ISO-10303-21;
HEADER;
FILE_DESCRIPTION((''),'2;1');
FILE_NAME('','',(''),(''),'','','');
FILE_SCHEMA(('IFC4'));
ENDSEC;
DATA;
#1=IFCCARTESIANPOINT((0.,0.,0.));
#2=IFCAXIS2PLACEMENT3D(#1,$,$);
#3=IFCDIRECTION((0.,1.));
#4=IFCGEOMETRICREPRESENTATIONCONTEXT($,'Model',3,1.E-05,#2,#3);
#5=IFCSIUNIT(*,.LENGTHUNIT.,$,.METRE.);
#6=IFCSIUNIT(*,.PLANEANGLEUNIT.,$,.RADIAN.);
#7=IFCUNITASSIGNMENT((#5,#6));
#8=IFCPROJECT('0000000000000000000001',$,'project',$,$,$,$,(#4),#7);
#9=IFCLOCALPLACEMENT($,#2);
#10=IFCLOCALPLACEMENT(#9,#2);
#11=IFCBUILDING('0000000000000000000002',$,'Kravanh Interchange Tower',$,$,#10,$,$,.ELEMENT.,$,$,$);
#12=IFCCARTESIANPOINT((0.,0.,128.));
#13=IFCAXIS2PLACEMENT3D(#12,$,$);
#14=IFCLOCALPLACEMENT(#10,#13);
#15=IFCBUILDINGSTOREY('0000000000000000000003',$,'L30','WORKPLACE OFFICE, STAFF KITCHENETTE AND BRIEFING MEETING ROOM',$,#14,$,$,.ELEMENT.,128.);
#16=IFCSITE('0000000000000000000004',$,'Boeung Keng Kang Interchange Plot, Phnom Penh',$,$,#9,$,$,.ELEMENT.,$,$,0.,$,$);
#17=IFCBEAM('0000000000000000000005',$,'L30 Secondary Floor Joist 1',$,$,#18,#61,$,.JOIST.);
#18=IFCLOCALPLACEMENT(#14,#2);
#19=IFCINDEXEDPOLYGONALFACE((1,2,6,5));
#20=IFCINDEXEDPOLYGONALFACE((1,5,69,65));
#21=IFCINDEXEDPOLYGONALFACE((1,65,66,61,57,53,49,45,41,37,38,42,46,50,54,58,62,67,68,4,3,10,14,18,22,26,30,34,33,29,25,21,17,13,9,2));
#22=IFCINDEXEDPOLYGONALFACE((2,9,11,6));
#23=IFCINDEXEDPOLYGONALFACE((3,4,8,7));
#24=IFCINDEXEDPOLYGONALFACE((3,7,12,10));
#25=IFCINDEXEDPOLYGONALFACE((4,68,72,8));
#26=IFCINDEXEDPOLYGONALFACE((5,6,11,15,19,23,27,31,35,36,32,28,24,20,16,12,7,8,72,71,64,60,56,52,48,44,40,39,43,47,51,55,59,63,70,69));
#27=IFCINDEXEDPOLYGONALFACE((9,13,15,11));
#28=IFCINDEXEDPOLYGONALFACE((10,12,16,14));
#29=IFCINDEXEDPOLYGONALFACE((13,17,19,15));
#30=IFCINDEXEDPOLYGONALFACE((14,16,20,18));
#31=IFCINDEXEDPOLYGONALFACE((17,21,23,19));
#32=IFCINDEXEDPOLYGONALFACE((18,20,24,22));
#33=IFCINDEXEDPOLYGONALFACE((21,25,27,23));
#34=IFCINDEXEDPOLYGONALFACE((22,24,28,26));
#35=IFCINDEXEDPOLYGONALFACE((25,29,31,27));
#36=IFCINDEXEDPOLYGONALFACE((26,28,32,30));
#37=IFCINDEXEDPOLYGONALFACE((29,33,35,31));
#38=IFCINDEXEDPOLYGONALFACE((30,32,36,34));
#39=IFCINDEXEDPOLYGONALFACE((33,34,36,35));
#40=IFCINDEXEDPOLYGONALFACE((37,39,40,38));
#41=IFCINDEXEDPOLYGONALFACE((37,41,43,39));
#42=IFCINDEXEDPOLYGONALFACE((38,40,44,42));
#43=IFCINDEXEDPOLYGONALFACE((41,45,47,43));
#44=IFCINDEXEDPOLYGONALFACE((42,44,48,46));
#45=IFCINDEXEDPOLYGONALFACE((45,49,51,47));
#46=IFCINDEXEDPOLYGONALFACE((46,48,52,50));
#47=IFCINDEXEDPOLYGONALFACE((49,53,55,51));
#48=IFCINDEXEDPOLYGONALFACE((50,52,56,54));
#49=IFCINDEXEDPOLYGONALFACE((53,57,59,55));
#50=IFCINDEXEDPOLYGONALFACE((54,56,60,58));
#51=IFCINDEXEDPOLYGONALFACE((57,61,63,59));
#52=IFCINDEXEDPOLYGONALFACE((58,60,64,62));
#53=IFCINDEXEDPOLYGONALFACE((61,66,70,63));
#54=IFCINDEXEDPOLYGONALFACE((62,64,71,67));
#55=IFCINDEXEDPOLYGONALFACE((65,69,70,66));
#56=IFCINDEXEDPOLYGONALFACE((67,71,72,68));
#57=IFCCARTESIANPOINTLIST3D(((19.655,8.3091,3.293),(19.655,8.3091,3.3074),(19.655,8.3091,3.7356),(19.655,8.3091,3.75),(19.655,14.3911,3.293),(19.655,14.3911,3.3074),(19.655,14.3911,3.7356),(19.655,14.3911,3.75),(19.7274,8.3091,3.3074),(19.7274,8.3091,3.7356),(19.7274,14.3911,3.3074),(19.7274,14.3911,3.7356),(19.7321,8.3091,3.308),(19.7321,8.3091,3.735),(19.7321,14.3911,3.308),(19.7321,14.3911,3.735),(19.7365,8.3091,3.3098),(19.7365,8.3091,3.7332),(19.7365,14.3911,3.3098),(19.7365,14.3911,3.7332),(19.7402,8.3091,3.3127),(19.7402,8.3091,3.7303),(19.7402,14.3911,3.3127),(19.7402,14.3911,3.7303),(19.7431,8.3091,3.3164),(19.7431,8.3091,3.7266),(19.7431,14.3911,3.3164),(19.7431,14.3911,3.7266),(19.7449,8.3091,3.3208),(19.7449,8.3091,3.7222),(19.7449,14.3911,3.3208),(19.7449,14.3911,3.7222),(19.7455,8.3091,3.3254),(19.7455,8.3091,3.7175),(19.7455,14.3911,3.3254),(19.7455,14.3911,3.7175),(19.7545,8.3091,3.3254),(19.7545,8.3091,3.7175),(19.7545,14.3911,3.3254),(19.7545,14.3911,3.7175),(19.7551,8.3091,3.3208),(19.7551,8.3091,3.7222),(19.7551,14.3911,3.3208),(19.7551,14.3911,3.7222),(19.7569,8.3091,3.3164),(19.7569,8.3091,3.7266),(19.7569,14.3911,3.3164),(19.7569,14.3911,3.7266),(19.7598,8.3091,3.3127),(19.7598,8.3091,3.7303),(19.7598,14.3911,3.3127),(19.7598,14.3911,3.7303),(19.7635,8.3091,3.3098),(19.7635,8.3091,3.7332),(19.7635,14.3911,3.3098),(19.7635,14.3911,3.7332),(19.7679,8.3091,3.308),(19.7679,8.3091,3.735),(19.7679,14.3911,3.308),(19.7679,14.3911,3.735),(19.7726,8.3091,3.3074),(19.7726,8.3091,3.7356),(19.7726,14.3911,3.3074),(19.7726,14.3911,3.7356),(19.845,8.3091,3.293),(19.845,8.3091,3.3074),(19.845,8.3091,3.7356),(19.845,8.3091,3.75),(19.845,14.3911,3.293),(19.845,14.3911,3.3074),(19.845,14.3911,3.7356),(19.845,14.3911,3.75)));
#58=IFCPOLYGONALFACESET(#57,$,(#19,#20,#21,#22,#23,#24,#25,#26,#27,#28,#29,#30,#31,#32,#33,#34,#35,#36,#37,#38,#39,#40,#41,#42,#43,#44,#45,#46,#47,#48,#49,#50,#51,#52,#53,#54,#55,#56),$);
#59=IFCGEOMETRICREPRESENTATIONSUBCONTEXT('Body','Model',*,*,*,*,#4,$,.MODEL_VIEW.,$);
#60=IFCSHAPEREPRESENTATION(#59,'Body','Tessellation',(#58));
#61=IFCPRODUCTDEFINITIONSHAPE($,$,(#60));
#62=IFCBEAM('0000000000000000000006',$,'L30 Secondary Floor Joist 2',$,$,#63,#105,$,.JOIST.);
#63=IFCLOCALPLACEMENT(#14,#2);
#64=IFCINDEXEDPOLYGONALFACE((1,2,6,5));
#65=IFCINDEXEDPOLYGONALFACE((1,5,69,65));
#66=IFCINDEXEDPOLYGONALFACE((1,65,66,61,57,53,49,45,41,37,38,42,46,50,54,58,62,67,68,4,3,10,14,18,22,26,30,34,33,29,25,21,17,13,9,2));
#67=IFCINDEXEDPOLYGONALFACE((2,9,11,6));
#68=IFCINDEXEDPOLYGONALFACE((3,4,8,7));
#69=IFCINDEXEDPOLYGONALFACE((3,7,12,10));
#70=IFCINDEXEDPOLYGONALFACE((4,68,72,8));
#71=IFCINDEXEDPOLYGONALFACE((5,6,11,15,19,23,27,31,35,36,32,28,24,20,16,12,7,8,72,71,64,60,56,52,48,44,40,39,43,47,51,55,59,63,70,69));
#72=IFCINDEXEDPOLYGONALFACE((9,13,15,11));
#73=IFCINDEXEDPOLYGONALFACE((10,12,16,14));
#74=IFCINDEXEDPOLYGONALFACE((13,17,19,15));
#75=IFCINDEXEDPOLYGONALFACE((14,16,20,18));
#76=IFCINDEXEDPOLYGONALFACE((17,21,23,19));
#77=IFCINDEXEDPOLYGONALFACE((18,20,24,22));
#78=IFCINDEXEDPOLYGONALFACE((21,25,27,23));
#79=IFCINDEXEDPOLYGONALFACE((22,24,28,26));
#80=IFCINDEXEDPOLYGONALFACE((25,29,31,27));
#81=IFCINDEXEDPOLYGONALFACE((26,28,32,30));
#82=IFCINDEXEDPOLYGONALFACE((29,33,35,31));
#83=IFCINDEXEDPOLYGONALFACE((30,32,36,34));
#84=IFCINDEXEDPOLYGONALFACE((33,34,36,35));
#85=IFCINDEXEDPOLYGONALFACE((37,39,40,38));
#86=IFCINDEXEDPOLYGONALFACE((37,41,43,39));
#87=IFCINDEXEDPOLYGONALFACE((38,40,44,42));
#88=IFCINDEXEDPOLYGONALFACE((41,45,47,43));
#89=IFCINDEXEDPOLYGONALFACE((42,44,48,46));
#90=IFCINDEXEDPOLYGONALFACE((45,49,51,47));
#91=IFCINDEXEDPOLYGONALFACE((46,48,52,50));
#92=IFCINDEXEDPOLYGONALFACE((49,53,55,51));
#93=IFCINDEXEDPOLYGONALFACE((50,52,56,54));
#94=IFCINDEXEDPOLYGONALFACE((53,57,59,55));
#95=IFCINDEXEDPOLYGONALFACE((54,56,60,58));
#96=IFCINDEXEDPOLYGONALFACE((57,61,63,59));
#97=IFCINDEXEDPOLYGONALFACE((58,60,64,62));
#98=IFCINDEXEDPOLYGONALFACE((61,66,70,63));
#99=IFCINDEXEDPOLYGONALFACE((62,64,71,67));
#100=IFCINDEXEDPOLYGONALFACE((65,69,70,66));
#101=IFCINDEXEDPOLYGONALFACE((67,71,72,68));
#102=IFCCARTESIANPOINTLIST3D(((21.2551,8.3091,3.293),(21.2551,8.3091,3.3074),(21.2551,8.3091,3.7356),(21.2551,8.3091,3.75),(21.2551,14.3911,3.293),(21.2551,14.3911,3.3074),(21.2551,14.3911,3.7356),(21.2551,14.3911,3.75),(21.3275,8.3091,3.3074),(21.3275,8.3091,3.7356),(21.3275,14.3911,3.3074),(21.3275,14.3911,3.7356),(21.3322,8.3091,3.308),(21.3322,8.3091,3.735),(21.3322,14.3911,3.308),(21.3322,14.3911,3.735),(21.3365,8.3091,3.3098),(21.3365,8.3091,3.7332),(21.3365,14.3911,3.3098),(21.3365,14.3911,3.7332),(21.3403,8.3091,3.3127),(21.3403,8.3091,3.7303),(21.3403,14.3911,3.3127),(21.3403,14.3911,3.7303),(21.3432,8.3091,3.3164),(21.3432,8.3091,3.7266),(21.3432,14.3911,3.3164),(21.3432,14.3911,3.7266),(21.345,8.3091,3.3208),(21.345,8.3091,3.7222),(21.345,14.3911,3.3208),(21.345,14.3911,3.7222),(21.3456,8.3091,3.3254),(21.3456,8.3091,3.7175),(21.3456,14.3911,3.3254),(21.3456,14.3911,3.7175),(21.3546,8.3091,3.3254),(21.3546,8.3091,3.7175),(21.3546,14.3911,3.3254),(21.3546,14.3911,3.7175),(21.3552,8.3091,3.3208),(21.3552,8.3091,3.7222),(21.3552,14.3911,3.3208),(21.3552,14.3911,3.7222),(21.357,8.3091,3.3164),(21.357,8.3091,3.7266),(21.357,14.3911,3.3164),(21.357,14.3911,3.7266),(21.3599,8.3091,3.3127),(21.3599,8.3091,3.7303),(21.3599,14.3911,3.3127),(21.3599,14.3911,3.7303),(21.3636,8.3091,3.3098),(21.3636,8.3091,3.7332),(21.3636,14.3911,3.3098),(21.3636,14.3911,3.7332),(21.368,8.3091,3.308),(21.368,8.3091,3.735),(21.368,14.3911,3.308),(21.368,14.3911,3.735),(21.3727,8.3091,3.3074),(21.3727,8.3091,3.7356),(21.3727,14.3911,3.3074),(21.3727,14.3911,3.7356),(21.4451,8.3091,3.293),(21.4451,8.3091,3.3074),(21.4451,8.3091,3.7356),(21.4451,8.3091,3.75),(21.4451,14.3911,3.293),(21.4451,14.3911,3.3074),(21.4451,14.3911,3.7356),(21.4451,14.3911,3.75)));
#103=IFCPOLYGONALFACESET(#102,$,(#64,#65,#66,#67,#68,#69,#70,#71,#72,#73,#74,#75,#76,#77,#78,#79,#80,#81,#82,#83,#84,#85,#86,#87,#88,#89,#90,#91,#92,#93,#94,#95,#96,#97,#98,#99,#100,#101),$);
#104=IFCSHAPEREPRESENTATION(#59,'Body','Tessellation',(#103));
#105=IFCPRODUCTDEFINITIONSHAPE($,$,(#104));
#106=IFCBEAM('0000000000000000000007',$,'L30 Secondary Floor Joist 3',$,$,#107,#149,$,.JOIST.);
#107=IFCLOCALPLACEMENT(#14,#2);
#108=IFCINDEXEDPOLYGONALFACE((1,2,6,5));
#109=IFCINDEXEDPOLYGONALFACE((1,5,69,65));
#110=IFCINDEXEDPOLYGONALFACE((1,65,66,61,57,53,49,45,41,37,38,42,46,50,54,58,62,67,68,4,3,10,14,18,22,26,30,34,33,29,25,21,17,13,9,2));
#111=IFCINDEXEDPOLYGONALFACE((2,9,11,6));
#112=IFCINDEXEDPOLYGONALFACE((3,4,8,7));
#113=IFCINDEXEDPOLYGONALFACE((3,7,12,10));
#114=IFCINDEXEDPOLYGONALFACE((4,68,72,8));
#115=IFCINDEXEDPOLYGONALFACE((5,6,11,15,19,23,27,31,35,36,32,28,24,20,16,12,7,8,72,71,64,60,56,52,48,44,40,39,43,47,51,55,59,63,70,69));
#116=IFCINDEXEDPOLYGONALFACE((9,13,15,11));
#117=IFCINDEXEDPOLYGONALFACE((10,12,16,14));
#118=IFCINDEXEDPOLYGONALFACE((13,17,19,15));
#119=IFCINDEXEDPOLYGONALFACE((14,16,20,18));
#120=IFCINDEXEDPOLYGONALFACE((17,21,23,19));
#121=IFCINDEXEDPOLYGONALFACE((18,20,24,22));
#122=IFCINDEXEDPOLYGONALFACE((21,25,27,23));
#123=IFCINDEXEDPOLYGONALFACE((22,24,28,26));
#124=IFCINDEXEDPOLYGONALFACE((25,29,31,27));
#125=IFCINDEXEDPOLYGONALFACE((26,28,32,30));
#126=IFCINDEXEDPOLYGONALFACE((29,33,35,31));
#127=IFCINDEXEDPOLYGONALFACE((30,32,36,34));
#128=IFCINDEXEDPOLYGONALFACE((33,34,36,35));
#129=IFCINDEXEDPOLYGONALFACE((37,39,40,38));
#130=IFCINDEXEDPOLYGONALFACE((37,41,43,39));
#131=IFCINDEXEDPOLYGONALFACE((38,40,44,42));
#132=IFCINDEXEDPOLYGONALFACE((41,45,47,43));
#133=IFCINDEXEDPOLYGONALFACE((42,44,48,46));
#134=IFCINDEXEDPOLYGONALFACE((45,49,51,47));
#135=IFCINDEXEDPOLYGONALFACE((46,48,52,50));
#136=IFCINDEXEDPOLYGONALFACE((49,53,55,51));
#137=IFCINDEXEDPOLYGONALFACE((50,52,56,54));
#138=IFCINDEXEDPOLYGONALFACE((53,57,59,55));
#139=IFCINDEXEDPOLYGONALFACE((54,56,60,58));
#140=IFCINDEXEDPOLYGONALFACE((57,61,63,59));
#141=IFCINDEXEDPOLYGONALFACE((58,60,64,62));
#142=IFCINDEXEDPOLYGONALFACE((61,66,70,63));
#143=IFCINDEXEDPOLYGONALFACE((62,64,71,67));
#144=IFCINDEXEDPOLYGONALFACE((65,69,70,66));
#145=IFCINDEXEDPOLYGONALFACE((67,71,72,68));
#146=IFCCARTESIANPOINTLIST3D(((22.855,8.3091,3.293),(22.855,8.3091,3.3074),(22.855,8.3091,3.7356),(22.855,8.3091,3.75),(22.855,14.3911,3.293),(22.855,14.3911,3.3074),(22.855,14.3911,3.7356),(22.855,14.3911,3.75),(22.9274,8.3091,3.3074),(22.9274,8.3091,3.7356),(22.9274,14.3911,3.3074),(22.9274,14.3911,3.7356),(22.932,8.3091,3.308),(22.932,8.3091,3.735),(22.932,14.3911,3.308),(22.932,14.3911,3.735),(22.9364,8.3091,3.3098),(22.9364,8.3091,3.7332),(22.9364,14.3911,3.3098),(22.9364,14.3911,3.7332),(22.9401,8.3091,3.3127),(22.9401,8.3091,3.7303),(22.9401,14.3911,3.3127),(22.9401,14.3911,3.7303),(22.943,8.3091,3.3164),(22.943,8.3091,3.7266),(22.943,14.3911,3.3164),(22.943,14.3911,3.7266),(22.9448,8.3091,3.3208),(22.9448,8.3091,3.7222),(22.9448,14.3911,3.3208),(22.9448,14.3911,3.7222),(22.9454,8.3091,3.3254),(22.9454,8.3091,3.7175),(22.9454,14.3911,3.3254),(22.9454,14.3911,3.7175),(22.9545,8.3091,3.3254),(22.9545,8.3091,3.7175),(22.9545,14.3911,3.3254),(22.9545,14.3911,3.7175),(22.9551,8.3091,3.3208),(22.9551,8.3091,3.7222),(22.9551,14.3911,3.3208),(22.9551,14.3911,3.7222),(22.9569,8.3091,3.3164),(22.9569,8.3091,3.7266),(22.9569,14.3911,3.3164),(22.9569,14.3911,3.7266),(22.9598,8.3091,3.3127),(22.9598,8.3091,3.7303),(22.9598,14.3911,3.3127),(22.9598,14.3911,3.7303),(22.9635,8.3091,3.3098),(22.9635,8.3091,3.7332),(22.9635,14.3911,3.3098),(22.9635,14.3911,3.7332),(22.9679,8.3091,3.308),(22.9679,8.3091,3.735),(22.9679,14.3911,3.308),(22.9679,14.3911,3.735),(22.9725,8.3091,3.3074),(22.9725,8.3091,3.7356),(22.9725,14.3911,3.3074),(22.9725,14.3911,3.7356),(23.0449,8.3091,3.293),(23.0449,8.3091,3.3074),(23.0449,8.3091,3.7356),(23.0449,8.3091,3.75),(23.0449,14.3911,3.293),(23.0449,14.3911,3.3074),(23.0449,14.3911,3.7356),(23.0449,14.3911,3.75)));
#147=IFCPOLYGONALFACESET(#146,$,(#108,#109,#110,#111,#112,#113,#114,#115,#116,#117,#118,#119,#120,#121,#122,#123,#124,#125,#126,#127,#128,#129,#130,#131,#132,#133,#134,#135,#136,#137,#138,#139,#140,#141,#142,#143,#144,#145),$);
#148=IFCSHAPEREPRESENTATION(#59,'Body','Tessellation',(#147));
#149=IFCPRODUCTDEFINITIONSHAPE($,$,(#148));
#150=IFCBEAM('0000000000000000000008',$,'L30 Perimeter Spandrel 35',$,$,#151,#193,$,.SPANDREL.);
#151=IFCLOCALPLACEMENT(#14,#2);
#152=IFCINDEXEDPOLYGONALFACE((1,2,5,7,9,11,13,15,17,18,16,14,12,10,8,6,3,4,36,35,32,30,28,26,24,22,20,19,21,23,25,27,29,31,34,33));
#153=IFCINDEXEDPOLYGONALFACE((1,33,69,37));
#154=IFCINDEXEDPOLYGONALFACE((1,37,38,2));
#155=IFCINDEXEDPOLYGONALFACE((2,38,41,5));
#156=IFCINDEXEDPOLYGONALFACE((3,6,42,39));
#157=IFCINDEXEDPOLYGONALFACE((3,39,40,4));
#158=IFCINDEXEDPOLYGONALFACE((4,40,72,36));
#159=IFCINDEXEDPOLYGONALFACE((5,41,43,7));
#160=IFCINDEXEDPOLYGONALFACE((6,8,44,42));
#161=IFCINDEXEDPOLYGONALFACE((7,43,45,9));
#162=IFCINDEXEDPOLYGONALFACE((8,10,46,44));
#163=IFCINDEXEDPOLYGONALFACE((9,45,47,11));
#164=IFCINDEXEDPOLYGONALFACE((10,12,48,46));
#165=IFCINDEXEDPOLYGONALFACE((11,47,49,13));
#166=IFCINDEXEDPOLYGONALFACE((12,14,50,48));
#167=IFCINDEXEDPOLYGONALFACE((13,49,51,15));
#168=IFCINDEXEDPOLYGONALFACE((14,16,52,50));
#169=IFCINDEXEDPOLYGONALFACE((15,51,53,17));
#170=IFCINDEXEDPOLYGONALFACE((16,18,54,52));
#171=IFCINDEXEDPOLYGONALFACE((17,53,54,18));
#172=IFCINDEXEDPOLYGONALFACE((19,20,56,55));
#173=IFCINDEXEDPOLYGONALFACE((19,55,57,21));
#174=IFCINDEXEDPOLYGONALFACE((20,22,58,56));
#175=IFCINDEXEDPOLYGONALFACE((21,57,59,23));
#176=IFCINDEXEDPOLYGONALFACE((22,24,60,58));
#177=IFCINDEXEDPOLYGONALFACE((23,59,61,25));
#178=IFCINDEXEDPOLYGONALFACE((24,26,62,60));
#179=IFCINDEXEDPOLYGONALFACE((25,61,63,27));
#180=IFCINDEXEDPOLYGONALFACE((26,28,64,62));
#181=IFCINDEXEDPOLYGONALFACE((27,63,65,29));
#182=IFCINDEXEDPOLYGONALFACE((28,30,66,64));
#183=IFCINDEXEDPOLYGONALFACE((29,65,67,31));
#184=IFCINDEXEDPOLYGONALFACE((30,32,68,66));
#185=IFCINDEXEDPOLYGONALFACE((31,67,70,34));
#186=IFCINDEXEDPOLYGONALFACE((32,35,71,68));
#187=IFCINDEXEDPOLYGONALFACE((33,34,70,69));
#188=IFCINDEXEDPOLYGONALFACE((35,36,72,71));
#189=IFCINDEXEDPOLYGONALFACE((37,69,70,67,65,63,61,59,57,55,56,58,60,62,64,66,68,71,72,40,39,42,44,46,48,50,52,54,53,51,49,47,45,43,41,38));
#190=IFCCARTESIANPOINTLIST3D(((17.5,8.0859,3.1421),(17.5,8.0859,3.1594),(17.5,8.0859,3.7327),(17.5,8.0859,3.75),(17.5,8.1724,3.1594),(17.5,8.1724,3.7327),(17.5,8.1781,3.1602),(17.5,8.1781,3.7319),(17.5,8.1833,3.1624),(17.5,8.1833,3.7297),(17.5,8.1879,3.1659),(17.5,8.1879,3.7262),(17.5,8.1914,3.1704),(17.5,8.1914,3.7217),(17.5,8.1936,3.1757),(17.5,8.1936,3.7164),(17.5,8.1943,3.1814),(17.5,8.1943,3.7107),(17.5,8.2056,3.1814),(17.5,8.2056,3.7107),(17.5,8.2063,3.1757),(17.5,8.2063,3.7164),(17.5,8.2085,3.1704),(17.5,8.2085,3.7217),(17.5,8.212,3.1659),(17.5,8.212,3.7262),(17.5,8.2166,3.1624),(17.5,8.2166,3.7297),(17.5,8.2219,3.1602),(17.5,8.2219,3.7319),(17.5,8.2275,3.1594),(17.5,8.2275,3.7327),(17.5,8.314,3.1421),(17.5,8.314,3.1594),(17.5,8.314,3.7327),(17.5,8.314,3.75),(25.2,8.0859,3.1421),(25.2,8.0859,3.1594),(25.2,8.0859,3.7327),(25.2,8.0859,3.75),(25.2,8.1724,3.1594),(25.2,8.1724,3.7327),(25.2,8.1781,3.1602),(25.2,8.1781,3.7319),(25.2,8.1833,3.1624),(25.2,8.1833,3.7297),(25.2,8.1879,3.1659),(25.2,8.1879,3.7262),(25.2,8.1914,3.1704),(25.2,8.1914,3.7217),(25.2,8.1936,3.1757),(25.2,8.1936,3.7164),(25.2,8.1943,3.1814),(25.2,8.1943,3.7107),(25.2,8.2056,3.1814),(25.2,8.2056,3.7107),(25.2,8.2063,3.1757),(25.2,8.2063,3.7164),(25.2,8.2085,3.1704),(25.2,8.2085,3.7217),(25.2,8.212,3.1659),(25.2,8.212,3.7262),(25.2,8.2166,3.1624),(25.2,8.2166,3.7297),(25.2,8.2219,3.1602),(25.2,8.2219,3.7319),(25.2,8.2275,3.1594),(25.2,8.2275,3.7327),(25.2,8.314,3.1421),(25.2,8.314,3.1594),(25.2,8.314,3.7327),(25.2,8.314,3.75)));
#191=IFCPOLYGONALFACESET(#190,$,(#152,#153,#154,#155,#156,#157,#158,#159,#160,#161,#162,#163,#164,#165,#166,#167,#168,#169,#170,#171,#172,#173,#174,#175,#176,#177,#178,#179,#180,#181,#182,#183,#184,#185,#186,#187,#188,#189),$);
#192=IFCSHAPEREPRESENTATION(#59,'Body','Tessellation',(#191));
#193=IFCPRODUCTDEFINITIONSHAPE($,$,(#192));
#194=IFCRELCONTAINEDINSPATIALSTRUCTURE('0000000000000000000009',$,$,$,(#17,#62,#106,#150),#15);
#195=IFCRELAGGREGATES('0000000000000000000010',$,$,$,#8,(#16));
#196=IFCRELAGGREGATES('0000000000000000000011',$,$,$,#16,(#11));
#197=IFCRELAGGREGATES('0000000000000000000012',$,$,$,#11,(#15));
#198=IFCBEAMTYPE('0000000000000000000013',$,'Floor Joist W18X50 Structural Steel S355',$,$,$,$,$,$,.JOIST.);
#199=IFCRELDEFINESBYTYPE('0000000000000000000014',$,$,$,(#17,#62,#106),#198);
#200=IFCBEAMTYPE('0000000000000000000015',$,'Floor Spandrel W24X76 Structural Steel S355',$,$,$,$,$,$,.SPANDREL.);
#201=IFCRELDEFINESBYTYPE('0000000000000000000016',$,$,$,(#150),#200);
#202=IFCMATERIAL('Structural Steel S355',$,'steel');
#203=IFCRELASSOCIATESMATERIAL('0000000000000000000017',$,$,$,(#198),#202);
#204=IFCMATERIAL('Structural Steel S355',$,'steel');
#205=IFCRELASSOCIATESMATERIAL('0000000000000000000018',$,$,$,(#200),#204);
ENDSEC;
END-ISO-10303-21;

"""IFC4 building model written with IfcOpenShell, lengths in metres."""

from ifc_helpers import new_model, si_unit, direction, frame, origin, origin_2d, place, context, subcontext, project, spatial, i_section, extrude, material, material_profile, profile_set, type_object, element, save


model = new_model("IFC4")

# Units and contexts
model_context = context("Model", 3, precision=1e-05, world=origin(), true_north=direction((0.0, 1.0)))
body_context = subcontext(model_context, "Body", "Model", "MODEL_VIEW")
ifc_project = project(units=[si_unit("LENGTHUNIT", "METRE"), si_unit("PLANEANGLEUNIT", "RADIAN")], contexts=[model_context])

# Site, building, storey
site_placement = place(None, origin())
site = spatial("IfcSite", under=ifc_project, at=site_placement, Name="Boeung Keng Kang Interchange Plot, Phnom Penh", CompositionType="ELEMENT", RefElevation=0.0)
building_placement = place(site_placement, origin())
building = spatial("IfcBuilding", under=site, at=building_placement, Name="Kravanh Interchange Tower", CompositionType="ELEMENT")
storey_placement = place(building_placement, frame((0.0, 0.0, 128.0)))
storey = spatial("IfcBuildingStorey", under=building, at=storey_placement, Name="L30", Description="WORKPLACE OFFICE, STAFF KITCHENETTE AND BRIEFING MEETING ROOM", CompositionType="ELEMENT", Elevation=128.0)

# Beams
ifc_material_1 = material(Name="Structural Steel S355", Category="steel")
ifc_material_profile_1 = material_profile(ifc_material_1, i_section(OverallWidth=0.1899, OverallDepth=0.457, WebThickness=0.009, FlangeThickness=0.0144, FilletRadius=0.0181, at=origin_2d()), Name="W18X50")
ifc_profile_set_1 = profile_set([ifc_material_profile_1], Name="Structural Steel S355")
beam_type_1 = type_object("IfcBeamType", Name="Floor Joist W18X50 Structural Steel S355", PredefinedType="JOIST", material=ifc_profile_set_1)
for number, where, z_axis, x_axis, name in (
    (1, (19.75, 8.3091, 3.5215), (0.0, 1.0, 0.0), (-1.0, 0.0, 0.0), "L30 Secondary Floor Joist 1"),
    (2, (21.3501, 8.3091, 3.5215), (0.0, 1.0, 0.0), (-1.0, 0.0, 0.0), "L30 Secondary Floor Joist 2"),
    (3, (22.95, 8.3091, 3.5215), (0.0, 1.0, 0.0), (-1.0, 0.0, 0.0), "L30 Secondary Floor Joist 3"),
):
    element("IfcBeam", number, at=place(storey_placement, frame(where, z_axis=z_axis, x_axis=x_axis)), inside=storey, type_object=beam_type_1, Name=name, PredefinedType="JOIST", context=body_context, shape_type="SweptSolid", body=[
        extrude(i_section(OverallWidth=0.1899, OverallDepth=0.457, WebThickness=0.009, FlangeThickness=0.0144, FilletRadius=0.0181, at=origin_2d()), origin(), (0.0, 0.0, 1.0), 6.082),
    ])
ifc_material_2 = material(Name="Structural Steel S355", Category="steel")
ifc_material_profile_2 = material_profile(ifc_material_2, i_section(OverallWidth=0.228, OverallDepth=0.6079, WebThickness=0.0112, FlangeThickness=0.0173, FilletRadius=0.022, at=origin_2d()), Name="W24X76")
ifc_profile_set_2 = profile_set([ifc_material_profile_2], Name="Structural Steel S355")
beam_type_2 = type_object("IfcBeamType", Name="Floor Spandrel W24X76 Structural Steel S355", PredefinedType="SPANDREL", material=ifc_profile_set_2)
beam_1_placement = place(storey_placement, frame((17.5, 8.2, 3.446), z_axis=(1.0, 0.0, 0.0), x_axis=(0.0, 1.0, 0.0)))
element("IfcBeam", 4, at=beam_1_placement, inside=storey, type_object=beam_type_2, Name="L30 Perimeter Spandrel 35", PredefinedType="SPANDREL", context=body_context, shape_type="SweptSolid", body=[
    extrude(i_section(OverallWidth=0.228, OverallDepth=0.6079, WebThickness=0.0112, FlangeThickness=0.0173, FilletRadius=0.022, at=origin_2d()), origin(), (0.0, 0.0, 1.0), 7.7),
])

save(model, "model.ifc")
